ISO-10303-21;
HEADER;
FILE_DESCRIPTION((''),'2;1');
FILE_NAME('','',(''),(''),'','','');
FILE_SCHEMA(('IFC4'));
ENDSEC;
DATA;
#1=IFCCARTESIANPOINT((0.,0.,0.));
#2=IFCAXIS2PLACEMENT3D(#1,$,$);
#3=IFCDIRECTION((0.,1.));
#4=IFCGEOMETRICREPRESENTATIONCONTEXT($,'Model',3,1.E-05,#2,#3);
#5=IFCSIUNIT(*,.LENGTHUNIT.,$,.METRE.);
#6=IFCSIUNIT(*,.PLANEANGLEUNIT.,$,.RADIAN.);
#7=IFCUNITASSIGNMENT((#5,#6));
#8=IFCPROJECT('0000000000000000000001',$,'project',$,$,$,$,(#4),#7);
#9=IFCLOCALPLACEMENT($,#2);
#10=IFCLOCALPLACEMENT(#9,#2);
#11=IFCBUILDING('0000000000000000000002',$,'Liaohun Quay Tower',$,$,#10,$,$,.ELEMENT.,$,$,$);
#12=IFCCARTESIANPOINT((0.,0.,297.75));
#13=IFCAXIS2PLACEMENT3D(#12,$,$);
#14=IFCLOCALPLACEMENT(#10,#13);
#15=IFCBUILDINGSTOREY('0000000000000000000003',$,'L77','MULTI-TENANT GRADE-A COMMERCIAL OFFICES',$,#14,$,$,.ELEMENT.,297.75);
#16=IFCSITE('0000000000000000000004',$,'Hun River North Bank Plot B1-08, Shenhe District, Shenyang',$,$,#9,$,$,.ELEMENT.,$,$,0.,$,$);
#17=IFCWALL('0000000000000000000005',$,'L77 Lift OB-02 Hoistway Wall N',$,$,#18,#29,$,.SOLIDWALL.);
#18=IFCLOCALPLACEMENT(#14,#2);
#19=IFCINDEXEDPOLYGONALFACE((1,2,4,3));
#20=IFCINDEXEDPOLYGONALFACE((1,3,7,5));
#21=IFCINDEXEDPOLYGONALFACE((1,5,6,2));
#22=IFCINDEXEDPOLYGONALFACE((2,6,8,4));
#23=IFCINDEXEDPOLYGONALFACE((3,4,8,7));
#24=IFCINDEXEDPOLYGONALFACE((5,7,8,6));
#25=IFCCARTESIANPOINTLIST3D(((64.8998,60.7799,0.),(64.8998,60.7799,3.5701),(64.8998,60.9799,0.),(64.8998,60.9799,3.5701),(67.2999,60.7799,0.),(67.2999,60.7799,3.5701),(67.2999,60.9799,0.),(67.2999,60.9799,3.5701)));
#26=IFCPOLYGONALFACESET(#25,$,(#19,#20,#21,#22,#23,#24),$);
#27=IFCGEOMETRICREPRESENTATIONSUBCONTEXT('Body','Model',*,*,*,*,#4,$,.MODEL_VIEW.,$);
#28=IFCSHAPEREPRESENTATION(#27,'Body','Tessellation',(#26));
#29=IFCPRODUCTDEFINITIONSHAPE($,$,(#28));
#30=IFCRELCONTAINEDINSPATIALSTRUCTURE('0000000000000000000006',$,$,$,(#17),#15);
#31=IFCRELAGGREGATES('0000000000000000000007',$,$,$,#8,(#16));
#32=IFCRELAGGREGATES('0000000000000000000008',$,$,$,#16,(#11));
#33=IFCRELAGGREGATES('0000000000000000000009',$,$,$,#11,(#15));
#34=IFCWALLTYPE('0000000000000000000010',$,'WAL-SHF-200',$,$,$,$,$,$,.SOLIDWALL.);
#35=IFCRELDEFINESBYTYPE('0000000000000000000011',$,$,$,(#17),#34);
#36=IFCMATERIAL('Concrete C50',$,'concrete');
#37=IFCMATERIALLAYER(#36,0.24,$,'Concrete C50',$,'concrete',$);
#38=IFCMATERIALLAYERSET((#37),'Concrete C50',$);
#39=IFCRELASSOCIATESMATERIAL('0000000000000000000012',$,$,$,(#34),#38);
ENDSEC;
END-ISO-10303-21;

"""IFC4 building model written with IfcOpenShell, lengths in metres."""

from ifc_helpers import new_model, si_unit, direction, frame, frame_2d, origin, place, context, subcontext, project, spatial, rectangle, extrude, material, layer, layer_set, type_object, element, save


model = new_model("IFC4")

# Units and contexts
model_context = context("Model", 3, precision=1e-05, world=origin(), true_north=direction((0.0, 1.0)))
body_context = subcontext(model_context, "Body", "Model", "MODEL_VIEW")
ifc_project = project(units=[si_unit("LENGTHUNIT", "METRE"), si_unit("PLANEANGLEUNIT", "RADIAN")], contexts=[model_context])

# Site, building, storey
site_placement = place(None, origin())
site = spatial("IfcSite", under=ifc_project, at=site_placement, Name="Hun River North Bank Plot B1-08, Shenhe District, Shenyang", CompositionType="ELEMENT", RefElevation=0.0)
building_placement = place(site_placement, origin())
building = spatial("IfcBuilding", under=site, at=building_placement, Name="Liaohun Quay Tower", CompositionType="ELEMENT")
storey_placement = place(building_placement, frame((0.0, 0.0, 297.75)))
storey = spatial("IfcBuildingStorey", under=building, at=storey_placement, Name="L77", Description="MULTI-TENANT GRADE-A COMMERCIAL OFFICES", CompositionType="ELEMENT", Elevation=297.75)

# Shared definitions
ifc_material_1 = material(Name="Concrete C50", Category="concrete")

# Wall
ifc_layer_1 = layer(ifc_material_1, 0.24, Name="Concrete C50", Category="concrete")
ifc_layer_set_1 = layer_set([ifc_layer_1], Name="Concrete C50")
wall_type_1 = type_object("IfcWallType", Name="WAL-SHF-200", PredefinedType="SOLIDWALL", material=ifc_layer_set_1)
wall_1_placement = place(storey_placement, frame((67.3, 60.8799, 0.0), z_axis=(0.0, 0.0, 1.0), x_axis=(-1.0, 0.0, 0.0)))
element("IfcWall", 1, at=wall_1_placement, inside=storey, type_object=wall_type_1, Name="L77 Lift OB-02 Hoistway Wall N", PredefinedType="SOLIDWALL", context=body_context, shape_type="SweptSolid", body=[
    extrude(rectangle(XDim=2.4001, YDim=0.2, at=frame_2d((1.2002, 0.0))), origin(), (0.0, 0.0, 1.0), 3.5701),
])

save(model, "model.ifc")
